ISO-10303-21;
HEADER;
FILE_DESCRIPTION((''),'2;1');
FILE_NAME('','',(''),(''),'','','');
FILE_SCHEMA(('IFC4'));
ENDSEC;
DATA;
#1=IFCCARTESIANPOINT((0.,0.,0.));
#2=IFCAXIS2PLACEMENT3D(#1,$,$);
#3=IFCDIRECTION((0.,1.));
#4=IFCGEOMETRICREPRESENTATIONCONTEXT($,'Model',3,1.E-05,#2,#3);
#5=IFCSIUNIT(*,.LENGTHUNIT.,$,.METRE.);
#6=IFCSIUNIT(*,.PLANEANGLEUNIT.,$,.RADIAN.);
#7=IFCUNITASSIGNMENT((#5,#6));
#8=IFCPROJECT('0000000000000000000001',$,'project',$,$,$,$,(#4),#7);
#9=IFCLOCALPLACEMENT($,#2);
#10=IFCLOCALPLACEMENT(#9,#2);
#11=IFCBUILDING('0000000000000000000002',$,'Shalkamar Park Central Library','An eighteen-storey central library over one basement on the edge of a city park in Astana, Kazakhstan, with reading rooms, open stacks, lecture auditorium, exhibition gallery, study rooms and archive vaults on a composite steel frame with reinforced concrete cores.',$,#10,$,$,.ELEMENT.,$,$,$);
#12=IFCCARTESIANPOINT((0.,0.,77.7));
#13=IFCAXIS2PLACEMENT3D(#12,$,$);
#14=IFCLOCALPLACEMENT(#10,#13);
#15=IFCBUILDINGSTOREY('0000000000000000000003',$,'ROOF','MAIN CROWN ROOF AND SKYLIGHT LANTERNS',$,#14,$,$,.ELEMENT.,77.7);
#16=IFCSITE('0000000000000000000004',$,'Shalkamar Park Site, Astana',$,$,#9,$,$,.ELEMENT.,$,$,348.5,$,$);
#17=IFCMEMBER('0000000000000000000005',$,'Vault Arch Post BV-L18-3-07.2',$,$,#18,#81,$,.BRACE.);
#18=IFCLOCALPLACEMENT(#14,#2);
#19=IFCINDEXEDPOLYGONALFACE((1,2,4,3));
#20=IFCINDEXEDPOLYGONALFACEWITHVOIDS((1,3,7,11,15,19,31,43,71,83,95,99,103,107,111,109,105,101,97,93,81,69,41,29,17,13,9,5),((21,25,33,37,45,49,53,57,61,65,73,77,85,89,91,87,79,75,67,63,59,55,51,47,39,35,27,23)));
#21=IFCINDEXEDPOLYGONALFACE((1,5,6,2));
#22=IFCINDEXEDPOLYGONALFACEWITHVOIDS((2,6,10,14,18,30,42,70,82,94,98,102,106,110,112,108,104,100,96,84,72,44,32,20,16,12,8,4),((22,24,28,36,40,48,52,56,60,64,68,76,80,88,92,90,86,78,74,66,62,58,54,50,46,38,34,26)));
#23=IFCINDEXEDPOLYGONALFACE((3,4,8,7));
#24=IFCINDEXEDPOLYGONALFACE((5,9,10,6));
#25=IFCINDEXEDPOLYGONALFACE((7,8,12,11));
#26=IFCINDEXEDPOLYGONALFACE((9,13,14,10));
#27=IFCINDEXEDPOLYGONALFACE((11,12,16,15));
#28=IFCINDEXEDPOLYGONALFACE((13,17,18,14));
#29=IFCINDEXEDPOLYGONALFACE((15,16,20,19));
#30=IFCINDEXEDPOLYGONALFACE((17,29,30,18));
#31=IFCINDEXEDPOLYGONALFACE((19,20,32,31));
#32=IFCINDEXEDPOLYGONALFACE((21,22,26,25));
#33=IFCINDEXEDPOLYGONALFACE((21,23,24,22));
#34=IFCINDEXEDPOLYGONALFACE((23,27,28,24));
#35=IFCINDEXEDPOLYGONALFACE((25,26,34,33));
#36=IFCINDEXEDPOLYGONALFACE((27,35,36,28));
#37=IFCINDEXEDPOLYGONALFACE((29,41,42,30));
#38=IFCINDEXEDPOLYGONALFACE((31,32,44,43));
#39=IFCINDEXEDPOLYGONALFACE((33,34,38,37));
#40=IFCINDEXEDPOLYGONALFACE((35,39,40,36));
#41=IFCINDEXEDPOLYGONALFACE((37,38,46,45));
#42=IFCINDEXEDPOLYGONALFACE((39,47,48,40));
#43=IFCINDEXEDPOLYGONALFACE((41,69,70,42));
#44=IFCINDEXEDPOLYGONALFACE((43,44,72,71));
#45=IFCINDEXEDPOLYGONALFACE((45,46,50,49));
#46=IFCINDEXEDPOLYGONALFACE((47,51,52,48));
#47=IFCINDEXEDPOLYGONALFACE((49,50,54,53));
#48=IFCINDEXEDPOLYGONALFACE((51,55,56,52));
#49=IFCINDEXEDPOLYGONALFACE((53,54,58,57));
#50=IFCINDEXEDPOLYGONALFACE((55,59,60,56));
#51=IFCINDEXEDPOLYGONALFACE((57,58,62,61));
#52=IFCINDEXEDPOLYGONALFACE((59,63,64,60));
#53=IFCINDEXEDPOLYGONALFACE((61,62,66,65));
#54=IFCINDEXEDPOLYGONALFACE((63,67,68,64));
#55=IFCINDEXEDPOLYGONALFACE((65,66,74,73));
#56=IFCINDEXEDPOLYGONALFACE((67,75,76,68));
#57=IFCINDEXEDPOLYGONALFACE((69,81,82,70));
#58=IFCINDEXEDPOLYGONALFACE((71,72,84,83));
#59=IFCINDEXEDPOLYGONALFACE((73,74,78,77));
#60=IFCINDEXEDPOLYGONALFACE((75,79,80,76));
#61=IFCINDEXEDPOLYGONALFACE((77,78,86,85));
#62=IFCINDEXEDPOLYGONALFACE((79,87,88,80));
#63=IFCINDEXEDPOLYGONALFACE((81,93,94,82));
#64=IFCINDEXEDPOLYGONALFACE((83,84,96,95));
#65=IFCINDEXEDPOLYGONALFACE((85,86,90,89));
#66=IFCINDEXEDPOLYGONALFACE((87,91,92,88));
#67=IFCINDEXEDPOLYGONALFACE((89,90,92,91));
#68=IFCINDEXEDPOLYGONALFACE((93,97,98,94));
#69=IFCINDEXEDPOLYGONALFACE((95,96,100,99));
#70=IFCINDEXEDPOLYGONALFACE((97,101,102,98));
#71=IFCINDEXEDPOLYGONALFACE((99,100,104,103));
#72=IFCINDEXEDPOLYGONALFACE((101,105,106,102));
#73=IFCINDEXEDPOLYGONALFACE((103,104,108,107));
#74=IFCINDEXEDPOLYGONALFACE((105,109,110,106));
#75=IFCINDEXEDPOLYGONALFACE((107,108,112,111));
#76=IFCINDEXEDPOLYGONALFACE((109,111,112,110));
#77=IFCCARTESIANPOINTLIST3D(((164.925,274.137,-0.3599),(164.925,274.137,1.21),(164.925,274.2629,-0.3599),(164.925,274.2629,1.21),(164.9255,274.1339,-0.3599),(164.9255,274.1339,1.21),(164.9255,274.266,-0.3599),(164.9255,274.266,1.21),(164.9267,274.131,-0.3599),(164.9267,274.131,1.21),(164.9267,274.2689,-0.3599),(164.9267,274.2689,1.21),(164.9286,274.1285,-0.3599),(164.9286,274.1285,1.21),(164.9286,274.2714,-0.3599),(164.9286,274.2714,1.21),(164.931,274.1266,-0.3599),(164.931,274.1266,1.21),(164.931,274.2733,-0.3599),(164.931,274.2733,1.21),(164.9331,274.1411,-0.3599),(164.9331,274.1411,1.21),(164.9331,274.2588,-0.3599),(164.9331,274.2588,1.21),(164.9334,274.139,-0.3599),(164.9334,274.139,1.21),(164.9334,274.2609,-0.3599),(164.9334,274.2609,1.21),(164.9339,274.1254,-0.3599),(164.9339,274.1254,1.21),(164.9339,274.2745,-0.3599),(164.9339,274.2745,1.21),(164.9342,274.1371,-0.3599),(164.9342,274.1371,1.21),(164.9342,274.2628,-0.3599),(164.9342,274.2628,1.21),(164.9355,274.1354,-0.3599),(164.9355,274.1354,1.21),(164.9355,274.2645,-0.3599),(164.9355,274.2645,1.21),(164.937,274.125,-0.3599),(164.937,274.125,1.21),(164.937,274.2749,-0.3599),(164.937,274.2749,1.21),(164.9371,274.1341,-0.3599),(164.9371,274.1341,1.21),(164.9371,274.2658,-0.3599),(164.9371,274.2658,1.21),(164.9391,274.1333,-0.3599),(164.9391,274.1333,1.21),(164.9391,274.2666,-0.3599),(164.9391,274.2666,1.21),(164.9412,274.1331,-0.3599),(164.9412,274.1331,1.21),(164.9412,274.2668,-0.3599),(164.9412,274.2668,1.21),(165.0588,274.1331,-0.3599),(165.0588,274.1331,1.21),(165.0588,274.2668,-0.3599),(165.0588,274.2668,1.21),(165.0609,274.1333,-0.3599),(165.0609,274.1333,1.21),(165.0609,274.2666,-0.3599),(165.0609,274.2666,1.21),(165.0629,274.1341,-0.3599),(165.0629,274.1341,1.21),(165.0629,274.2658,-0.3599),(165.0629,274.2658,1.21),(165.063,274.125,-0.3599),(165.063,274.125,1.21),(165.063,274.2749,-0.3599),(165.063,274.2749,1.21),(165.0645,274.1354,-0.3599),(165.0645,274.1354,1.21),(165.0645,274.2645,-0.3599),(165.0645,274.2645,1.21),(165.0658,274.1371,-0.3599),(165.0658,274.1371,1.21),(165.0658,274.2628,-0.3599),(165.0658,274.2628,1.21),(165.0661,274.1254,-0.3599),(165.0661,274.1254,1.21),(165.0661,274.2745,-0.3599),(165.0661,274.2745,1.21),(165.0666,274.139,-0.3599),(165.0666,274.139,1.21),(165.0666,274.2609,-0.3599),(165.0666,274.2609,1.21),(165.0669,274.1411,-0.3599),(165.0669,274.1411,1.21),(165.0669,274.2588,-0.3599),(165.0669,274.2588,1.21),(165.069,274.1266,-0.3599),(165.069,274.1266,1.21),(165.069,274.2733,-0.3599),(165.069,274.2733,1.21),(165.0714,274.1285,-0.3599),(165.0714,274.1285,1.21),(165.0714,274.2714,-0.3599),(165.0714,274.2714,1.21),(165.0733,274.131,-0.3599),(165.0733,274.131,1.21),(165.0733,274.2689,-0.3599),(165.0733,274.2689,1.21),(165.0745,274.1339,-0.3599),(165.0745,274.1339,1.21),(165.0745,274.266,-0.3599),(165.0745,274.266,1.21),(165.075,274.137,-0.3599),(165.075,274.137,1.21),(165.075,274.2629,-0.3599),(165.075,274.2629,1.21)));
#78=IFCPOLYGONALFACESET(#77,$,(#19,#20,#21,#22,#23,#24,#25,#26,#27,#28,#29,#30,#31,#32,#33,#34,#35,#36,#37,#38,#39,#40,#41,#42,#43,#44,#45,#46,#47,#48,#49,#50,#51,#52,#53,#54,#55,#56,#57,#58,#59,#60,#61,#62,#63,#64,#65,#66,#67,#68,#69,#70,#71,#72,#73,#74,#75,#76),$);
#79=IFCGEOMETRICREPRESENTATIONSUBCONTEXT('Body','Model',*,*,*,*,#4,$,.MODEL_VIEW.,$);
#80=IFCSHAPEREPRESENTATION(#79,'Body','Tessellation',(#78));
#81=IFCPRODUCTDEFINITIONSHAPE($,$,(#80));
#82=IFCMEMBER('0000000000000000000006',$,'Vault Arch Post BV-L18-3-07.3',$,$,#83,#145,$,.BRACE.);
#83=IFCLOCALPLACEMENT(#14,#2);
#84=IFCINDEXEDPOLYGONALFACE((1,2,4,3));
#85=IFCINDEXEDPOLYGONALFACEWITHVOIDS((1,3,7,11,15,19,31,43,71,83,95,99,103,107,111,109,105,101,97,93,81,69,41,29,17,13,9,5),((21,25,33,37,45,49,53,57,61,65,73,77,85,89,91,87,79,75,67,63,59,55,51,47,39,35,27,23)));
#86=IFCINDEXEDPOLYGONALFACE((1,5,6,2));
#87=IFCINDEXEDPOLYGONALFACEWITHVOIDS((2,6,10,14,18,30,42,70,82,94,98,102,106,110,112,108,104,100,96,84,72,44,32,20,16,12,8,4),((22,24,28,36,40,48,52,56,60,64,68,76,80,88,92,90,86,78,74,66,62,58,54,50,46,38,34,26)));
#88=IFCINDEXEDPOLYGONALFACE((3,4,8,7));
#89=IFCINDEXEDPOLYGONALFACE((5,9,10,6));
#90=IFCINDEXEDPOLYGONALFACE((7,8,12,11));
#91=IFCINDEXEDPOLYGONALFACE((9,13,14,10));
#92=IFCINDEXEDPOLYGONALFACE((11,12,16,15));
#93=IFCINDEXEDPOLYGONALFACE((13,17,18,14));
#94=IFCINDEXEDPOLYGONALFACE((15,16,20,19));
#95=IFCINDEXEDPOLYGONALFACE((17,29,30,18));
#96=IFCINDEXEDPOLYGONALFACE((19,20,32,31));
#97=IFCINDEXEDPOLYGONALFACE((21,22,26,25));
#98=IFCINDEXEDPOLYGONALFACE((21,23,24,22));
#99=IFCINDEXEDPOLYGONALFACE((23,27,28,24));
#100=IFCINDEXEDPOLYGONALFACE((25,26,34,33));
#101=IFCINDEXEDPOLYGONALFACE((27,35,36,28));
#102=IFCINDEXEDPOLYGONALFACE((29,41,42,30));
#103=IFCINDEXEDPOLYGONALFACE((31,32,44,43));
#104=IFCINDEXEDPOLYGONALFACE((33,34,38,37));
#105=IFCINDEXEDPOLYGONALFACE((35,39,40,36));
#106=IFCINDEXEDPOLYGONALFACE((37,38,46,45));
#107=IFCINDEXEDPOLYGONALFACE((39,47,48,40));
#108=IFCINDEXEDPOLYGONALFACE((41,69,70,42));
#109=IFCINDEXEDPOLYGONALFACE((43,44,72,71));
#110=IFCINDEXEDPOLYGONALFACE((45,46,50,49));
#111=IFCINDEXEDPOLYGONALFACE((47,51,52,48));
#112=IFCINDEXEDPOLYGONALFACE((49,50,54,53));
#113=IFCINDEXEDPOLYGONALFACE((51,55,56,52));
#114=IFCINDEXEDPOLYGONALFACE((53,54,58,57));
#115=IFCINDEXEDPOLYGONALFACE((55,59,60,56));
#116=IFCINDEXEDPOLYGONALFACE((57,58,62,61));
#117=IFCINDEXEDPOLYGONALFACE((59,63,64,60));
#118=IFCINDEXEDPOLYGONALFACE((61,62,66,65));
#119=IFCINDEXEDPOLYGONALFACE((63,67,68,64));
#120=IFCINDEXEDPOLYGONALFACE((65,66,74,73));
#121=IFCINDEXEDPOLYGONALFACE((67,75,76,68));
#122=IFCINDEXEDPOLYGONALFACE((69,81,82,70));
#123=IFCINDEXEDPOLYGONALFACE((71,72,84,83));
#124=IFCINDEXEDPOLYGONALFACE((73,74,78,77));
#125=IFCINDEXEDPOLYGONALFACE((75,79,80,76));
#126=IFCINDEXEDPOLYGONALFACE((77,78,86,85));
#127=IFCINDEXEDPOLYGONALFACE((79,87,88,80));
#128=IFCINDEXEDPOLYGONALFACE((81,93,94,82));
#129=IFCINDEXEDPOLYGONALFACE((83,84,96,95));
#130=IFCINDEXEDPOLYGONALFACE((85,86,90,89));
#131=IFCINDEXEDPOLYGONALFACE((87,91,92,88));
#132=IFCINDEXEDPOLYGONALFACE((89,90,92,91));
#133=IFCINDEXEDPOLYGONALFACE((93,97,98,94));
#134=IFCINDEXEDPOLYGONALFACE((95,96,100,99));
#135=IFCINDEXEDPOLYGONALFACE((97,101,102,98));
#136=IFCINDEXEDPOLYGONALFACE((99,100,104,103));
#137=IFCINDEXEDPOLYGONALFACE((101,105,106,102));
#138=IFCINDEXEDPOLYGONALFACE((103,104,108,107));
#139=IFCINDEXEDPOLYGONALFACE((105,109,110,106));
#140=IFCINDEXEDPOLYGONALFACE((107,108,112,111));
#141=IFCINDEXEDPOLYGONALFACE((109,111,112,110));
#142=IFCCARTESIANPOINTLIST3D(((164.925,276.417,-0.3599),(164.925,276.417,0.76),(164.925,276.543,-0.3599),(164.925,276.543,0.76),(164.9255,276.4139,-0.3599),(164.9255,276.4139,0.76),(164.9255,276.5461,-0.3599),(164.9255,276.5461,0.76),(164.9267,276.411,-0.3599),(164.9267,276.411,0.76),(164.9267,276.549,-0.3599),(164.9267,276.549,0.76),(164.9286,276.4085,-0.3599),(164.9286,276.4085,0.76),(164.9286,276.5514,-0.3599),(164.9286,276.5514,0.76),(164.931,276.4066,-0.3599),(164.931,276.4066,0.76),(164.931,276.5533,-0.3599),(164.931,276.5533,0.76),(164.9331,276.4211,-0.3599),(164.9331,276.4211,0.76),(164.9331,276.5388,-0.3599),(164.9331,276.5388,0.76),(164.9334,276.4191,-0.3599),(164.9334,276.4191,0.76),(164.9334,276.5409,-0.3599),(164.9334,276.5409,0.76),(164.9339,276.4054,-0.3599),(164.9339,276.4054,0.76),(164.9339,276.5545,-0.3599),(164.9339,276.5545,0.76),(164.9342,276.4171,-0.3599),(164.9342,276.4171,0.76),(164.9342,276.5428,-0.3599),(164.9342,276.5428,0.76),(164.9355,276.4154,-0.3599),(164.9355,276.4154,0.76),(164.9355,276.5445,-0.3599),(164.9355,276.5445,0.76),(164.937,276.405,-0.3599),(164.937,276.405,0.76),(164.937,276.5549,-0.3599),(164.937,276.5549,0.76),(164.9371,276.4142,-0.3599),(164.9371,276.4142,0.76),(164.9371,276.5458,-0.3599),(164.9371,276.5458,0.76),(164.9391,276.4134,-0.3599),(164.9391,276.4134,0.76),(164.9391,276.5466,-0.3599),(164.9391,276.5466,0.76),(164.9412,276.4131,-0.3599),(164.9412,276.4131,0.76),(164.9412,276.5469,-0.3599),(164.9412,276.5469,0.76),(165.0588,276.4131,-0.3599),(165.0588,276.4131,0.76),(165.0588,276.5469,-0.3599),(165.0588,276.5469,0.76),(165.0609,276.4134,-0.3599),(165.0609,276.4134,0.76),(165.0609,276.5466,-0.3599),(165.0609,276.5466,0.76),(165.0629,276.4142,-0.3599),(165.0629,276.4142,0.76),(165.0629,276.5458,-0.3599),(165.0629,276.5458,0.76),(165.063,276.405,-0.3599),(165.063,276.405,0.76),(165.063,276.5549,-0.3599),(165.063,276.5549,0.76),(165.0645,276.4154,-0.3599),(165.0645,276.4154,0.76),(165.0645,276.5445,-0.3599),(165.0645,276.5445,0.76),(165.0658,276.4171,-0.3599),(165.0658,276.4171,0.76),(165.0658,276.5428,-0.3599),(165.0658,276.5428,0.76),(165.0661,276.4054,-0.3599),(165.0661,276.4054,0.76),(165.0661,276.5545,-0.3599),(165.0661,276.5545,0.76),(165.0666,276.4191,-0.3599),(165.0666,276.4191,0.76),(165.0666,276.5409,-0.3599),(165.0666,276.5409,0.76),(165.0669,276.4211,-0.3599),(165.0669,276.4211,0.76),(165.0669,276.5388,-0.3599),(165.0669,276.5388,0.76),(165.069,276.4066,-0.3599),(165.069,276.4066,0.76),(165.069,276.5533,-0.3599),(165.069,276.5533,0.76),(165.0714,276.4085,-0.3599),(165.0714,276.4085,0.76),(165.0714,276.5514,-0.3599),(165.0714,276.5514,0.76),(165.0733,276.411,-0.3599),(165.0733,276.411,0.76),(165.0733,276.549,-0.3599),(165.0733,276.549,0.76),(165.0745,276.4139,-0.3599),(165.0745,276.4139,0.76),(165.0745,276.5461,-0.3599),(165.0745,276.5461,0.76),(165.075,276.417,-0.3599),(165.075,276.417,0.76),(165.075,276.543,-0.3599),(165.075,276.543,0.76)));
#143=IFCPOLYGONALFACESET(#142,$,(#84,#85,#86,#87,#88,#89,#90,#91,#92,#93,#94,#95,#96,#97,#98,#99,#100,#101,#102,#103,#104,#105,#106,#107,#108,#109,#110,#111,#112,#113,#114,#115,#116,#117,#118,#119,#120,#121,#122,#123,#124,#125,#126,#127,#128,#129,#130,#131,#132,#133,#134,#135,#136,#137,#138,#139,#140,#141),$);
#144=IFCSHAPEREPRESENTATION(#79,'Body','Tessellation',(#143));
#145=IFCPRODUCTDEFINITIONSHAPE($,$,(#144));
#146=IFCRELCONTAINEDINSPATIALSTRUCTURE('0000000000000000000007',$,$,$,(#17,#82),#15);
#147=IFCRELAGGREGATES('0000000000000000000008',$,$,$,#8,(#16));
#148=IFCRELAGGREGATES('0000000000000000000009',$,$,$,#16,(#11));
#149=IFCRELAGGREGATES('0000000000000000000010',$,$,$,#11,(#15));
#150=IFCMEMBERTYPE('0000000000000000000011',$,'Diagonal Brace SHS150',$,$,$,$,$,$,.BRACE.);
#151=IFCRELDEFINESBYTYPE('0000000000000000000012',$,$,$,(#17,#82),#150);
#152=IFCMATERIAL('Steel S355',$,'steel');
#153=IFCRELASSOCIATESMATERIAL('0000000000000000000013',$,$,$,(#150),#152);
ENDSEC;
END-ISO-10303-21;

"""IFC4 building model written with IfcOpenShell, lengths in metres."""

from ifc_helpers import new_model, si_unit, direction, frame, origin, origin_2d, place, context, subcontext, project, spatial, hollow_rectangle, extrude, material, material_profile, profile_set, type_object, element, save


model = new_model("IFC4")

# Units and contexts
model_context = context("Model", 3, precision=1e-05, world=origin(), true_north=direction((0.0, 1.0)))
body_context = subcontext(model_context, "Body", "Model", "MODEL_VIEW")
ifc_project = project(units=[si_unit("LENGTHUNIT", "METRE"), si_unit("PLANEANGLEUNIT", "RADIAN")], contexts=[model_context])

# Site, building, storey
site_placement = place(None, origin())
site = spatial("IfcSite", under=ifc_project, at=site_placement, Name="Shalkamar Park Site, Astana", CompositionType="ELEMENT", RefElevation=348.5)
building_placement = place(site_placement, origin())
building = spatial("IfcBuilding", under=site, at=building_placement, Name="Shalkamar Park Central Library", Description="An eighteen-storey central library over one basement on the edge of a city park in Astana, Kazakhstan, with reading rooms, open stacks, lecture auditorium, exhibition gallery, study rooms and archive vaults on a composite steel frame with reinforced concrete cores.", CompositionType="ELEMENT")
storey_placement = place(building_placement, frame((0.0, 0.0, 77.7)))
storey = spatial("IfcBuildingStorey", under=building, at=storey_placement, Name="ROOF", Description="MAIN CROWN ROOF AND SKYLIGHT LANTERNS", CompositionType="ELEMENT", Elevation=77.7)

# Members
ifc_material_1 = material(Name="Steel S355", Category="steel")
ifc_material_profile_1 = material_profile(ifc_material_1, hollow_rectangle(XDim=0.1499, YDim=0.1499, WallThickness=0.0081, InnerFilletRadius=0.0081, OuterFilletRadius=0.012, at=origin_2d()), Name="SHS 150x150x8")
ifc_profile_set_1 = profile_set([ifc_material_profile_1], Name="Steel S355")
member_type_1 = type_object("IfcMemberType", Name="Diagonal Brace SHS150", PredefinedType="BRACE", material=ifc_profile_set_1)
member_1_placement = place(storey_placement, frame((165.0, 274.2, -0.3599), z_axis=(0.0, 0.0, 1.0), x_axis=(1.0, 0.0, 0.0)))
element("IfcMember", 1, at=member_1_placement, inside=storey, type_object=member_type_1, Name="Vault Arch Post BV-L18-3-07.2", PredefinedType="BRACE", context=body_context, shape_type="SweptSolid", body=[
    extrude(hollow_rectangle(XDim=0.1499, YDim=0.1499, WallThickness=0.0081, InnerFilletRadius=0.0081, OuterFilletRadius=0.012, at=origin_2d()), origin(), (0.0, 0.0, 1.0), 1.5698),
])
for number, where, z_axis, x_axis, name in (
    (2, (165.0, 276.48, -0.3599), (0.0, 0.0, 1.0), (1.0, 0.0, 0.0), "Vault Arch Post BV-L18-3-07.3"),
):
    element("IfcMember", number, at=place(storey_placement, frame(where, z_axis=z_axis, x_axis=x_axis)), inside=storey, type_object=member_type_1, Name=name, PredefinedType="BRACE", context=body_context, shape_type="SweptSolid", body=[
        extrude(hollow_rectangle(XDim=0.1499, YDim=0.1499, WallThickness=0.0081, InnerFilletRadius=0.0081, OuterFilletRadius=0.012, at=origin_2d()), origin(), (0.0, 0.0, 1.0), 1.1199),
    ])

save(model, "model.ifc")
